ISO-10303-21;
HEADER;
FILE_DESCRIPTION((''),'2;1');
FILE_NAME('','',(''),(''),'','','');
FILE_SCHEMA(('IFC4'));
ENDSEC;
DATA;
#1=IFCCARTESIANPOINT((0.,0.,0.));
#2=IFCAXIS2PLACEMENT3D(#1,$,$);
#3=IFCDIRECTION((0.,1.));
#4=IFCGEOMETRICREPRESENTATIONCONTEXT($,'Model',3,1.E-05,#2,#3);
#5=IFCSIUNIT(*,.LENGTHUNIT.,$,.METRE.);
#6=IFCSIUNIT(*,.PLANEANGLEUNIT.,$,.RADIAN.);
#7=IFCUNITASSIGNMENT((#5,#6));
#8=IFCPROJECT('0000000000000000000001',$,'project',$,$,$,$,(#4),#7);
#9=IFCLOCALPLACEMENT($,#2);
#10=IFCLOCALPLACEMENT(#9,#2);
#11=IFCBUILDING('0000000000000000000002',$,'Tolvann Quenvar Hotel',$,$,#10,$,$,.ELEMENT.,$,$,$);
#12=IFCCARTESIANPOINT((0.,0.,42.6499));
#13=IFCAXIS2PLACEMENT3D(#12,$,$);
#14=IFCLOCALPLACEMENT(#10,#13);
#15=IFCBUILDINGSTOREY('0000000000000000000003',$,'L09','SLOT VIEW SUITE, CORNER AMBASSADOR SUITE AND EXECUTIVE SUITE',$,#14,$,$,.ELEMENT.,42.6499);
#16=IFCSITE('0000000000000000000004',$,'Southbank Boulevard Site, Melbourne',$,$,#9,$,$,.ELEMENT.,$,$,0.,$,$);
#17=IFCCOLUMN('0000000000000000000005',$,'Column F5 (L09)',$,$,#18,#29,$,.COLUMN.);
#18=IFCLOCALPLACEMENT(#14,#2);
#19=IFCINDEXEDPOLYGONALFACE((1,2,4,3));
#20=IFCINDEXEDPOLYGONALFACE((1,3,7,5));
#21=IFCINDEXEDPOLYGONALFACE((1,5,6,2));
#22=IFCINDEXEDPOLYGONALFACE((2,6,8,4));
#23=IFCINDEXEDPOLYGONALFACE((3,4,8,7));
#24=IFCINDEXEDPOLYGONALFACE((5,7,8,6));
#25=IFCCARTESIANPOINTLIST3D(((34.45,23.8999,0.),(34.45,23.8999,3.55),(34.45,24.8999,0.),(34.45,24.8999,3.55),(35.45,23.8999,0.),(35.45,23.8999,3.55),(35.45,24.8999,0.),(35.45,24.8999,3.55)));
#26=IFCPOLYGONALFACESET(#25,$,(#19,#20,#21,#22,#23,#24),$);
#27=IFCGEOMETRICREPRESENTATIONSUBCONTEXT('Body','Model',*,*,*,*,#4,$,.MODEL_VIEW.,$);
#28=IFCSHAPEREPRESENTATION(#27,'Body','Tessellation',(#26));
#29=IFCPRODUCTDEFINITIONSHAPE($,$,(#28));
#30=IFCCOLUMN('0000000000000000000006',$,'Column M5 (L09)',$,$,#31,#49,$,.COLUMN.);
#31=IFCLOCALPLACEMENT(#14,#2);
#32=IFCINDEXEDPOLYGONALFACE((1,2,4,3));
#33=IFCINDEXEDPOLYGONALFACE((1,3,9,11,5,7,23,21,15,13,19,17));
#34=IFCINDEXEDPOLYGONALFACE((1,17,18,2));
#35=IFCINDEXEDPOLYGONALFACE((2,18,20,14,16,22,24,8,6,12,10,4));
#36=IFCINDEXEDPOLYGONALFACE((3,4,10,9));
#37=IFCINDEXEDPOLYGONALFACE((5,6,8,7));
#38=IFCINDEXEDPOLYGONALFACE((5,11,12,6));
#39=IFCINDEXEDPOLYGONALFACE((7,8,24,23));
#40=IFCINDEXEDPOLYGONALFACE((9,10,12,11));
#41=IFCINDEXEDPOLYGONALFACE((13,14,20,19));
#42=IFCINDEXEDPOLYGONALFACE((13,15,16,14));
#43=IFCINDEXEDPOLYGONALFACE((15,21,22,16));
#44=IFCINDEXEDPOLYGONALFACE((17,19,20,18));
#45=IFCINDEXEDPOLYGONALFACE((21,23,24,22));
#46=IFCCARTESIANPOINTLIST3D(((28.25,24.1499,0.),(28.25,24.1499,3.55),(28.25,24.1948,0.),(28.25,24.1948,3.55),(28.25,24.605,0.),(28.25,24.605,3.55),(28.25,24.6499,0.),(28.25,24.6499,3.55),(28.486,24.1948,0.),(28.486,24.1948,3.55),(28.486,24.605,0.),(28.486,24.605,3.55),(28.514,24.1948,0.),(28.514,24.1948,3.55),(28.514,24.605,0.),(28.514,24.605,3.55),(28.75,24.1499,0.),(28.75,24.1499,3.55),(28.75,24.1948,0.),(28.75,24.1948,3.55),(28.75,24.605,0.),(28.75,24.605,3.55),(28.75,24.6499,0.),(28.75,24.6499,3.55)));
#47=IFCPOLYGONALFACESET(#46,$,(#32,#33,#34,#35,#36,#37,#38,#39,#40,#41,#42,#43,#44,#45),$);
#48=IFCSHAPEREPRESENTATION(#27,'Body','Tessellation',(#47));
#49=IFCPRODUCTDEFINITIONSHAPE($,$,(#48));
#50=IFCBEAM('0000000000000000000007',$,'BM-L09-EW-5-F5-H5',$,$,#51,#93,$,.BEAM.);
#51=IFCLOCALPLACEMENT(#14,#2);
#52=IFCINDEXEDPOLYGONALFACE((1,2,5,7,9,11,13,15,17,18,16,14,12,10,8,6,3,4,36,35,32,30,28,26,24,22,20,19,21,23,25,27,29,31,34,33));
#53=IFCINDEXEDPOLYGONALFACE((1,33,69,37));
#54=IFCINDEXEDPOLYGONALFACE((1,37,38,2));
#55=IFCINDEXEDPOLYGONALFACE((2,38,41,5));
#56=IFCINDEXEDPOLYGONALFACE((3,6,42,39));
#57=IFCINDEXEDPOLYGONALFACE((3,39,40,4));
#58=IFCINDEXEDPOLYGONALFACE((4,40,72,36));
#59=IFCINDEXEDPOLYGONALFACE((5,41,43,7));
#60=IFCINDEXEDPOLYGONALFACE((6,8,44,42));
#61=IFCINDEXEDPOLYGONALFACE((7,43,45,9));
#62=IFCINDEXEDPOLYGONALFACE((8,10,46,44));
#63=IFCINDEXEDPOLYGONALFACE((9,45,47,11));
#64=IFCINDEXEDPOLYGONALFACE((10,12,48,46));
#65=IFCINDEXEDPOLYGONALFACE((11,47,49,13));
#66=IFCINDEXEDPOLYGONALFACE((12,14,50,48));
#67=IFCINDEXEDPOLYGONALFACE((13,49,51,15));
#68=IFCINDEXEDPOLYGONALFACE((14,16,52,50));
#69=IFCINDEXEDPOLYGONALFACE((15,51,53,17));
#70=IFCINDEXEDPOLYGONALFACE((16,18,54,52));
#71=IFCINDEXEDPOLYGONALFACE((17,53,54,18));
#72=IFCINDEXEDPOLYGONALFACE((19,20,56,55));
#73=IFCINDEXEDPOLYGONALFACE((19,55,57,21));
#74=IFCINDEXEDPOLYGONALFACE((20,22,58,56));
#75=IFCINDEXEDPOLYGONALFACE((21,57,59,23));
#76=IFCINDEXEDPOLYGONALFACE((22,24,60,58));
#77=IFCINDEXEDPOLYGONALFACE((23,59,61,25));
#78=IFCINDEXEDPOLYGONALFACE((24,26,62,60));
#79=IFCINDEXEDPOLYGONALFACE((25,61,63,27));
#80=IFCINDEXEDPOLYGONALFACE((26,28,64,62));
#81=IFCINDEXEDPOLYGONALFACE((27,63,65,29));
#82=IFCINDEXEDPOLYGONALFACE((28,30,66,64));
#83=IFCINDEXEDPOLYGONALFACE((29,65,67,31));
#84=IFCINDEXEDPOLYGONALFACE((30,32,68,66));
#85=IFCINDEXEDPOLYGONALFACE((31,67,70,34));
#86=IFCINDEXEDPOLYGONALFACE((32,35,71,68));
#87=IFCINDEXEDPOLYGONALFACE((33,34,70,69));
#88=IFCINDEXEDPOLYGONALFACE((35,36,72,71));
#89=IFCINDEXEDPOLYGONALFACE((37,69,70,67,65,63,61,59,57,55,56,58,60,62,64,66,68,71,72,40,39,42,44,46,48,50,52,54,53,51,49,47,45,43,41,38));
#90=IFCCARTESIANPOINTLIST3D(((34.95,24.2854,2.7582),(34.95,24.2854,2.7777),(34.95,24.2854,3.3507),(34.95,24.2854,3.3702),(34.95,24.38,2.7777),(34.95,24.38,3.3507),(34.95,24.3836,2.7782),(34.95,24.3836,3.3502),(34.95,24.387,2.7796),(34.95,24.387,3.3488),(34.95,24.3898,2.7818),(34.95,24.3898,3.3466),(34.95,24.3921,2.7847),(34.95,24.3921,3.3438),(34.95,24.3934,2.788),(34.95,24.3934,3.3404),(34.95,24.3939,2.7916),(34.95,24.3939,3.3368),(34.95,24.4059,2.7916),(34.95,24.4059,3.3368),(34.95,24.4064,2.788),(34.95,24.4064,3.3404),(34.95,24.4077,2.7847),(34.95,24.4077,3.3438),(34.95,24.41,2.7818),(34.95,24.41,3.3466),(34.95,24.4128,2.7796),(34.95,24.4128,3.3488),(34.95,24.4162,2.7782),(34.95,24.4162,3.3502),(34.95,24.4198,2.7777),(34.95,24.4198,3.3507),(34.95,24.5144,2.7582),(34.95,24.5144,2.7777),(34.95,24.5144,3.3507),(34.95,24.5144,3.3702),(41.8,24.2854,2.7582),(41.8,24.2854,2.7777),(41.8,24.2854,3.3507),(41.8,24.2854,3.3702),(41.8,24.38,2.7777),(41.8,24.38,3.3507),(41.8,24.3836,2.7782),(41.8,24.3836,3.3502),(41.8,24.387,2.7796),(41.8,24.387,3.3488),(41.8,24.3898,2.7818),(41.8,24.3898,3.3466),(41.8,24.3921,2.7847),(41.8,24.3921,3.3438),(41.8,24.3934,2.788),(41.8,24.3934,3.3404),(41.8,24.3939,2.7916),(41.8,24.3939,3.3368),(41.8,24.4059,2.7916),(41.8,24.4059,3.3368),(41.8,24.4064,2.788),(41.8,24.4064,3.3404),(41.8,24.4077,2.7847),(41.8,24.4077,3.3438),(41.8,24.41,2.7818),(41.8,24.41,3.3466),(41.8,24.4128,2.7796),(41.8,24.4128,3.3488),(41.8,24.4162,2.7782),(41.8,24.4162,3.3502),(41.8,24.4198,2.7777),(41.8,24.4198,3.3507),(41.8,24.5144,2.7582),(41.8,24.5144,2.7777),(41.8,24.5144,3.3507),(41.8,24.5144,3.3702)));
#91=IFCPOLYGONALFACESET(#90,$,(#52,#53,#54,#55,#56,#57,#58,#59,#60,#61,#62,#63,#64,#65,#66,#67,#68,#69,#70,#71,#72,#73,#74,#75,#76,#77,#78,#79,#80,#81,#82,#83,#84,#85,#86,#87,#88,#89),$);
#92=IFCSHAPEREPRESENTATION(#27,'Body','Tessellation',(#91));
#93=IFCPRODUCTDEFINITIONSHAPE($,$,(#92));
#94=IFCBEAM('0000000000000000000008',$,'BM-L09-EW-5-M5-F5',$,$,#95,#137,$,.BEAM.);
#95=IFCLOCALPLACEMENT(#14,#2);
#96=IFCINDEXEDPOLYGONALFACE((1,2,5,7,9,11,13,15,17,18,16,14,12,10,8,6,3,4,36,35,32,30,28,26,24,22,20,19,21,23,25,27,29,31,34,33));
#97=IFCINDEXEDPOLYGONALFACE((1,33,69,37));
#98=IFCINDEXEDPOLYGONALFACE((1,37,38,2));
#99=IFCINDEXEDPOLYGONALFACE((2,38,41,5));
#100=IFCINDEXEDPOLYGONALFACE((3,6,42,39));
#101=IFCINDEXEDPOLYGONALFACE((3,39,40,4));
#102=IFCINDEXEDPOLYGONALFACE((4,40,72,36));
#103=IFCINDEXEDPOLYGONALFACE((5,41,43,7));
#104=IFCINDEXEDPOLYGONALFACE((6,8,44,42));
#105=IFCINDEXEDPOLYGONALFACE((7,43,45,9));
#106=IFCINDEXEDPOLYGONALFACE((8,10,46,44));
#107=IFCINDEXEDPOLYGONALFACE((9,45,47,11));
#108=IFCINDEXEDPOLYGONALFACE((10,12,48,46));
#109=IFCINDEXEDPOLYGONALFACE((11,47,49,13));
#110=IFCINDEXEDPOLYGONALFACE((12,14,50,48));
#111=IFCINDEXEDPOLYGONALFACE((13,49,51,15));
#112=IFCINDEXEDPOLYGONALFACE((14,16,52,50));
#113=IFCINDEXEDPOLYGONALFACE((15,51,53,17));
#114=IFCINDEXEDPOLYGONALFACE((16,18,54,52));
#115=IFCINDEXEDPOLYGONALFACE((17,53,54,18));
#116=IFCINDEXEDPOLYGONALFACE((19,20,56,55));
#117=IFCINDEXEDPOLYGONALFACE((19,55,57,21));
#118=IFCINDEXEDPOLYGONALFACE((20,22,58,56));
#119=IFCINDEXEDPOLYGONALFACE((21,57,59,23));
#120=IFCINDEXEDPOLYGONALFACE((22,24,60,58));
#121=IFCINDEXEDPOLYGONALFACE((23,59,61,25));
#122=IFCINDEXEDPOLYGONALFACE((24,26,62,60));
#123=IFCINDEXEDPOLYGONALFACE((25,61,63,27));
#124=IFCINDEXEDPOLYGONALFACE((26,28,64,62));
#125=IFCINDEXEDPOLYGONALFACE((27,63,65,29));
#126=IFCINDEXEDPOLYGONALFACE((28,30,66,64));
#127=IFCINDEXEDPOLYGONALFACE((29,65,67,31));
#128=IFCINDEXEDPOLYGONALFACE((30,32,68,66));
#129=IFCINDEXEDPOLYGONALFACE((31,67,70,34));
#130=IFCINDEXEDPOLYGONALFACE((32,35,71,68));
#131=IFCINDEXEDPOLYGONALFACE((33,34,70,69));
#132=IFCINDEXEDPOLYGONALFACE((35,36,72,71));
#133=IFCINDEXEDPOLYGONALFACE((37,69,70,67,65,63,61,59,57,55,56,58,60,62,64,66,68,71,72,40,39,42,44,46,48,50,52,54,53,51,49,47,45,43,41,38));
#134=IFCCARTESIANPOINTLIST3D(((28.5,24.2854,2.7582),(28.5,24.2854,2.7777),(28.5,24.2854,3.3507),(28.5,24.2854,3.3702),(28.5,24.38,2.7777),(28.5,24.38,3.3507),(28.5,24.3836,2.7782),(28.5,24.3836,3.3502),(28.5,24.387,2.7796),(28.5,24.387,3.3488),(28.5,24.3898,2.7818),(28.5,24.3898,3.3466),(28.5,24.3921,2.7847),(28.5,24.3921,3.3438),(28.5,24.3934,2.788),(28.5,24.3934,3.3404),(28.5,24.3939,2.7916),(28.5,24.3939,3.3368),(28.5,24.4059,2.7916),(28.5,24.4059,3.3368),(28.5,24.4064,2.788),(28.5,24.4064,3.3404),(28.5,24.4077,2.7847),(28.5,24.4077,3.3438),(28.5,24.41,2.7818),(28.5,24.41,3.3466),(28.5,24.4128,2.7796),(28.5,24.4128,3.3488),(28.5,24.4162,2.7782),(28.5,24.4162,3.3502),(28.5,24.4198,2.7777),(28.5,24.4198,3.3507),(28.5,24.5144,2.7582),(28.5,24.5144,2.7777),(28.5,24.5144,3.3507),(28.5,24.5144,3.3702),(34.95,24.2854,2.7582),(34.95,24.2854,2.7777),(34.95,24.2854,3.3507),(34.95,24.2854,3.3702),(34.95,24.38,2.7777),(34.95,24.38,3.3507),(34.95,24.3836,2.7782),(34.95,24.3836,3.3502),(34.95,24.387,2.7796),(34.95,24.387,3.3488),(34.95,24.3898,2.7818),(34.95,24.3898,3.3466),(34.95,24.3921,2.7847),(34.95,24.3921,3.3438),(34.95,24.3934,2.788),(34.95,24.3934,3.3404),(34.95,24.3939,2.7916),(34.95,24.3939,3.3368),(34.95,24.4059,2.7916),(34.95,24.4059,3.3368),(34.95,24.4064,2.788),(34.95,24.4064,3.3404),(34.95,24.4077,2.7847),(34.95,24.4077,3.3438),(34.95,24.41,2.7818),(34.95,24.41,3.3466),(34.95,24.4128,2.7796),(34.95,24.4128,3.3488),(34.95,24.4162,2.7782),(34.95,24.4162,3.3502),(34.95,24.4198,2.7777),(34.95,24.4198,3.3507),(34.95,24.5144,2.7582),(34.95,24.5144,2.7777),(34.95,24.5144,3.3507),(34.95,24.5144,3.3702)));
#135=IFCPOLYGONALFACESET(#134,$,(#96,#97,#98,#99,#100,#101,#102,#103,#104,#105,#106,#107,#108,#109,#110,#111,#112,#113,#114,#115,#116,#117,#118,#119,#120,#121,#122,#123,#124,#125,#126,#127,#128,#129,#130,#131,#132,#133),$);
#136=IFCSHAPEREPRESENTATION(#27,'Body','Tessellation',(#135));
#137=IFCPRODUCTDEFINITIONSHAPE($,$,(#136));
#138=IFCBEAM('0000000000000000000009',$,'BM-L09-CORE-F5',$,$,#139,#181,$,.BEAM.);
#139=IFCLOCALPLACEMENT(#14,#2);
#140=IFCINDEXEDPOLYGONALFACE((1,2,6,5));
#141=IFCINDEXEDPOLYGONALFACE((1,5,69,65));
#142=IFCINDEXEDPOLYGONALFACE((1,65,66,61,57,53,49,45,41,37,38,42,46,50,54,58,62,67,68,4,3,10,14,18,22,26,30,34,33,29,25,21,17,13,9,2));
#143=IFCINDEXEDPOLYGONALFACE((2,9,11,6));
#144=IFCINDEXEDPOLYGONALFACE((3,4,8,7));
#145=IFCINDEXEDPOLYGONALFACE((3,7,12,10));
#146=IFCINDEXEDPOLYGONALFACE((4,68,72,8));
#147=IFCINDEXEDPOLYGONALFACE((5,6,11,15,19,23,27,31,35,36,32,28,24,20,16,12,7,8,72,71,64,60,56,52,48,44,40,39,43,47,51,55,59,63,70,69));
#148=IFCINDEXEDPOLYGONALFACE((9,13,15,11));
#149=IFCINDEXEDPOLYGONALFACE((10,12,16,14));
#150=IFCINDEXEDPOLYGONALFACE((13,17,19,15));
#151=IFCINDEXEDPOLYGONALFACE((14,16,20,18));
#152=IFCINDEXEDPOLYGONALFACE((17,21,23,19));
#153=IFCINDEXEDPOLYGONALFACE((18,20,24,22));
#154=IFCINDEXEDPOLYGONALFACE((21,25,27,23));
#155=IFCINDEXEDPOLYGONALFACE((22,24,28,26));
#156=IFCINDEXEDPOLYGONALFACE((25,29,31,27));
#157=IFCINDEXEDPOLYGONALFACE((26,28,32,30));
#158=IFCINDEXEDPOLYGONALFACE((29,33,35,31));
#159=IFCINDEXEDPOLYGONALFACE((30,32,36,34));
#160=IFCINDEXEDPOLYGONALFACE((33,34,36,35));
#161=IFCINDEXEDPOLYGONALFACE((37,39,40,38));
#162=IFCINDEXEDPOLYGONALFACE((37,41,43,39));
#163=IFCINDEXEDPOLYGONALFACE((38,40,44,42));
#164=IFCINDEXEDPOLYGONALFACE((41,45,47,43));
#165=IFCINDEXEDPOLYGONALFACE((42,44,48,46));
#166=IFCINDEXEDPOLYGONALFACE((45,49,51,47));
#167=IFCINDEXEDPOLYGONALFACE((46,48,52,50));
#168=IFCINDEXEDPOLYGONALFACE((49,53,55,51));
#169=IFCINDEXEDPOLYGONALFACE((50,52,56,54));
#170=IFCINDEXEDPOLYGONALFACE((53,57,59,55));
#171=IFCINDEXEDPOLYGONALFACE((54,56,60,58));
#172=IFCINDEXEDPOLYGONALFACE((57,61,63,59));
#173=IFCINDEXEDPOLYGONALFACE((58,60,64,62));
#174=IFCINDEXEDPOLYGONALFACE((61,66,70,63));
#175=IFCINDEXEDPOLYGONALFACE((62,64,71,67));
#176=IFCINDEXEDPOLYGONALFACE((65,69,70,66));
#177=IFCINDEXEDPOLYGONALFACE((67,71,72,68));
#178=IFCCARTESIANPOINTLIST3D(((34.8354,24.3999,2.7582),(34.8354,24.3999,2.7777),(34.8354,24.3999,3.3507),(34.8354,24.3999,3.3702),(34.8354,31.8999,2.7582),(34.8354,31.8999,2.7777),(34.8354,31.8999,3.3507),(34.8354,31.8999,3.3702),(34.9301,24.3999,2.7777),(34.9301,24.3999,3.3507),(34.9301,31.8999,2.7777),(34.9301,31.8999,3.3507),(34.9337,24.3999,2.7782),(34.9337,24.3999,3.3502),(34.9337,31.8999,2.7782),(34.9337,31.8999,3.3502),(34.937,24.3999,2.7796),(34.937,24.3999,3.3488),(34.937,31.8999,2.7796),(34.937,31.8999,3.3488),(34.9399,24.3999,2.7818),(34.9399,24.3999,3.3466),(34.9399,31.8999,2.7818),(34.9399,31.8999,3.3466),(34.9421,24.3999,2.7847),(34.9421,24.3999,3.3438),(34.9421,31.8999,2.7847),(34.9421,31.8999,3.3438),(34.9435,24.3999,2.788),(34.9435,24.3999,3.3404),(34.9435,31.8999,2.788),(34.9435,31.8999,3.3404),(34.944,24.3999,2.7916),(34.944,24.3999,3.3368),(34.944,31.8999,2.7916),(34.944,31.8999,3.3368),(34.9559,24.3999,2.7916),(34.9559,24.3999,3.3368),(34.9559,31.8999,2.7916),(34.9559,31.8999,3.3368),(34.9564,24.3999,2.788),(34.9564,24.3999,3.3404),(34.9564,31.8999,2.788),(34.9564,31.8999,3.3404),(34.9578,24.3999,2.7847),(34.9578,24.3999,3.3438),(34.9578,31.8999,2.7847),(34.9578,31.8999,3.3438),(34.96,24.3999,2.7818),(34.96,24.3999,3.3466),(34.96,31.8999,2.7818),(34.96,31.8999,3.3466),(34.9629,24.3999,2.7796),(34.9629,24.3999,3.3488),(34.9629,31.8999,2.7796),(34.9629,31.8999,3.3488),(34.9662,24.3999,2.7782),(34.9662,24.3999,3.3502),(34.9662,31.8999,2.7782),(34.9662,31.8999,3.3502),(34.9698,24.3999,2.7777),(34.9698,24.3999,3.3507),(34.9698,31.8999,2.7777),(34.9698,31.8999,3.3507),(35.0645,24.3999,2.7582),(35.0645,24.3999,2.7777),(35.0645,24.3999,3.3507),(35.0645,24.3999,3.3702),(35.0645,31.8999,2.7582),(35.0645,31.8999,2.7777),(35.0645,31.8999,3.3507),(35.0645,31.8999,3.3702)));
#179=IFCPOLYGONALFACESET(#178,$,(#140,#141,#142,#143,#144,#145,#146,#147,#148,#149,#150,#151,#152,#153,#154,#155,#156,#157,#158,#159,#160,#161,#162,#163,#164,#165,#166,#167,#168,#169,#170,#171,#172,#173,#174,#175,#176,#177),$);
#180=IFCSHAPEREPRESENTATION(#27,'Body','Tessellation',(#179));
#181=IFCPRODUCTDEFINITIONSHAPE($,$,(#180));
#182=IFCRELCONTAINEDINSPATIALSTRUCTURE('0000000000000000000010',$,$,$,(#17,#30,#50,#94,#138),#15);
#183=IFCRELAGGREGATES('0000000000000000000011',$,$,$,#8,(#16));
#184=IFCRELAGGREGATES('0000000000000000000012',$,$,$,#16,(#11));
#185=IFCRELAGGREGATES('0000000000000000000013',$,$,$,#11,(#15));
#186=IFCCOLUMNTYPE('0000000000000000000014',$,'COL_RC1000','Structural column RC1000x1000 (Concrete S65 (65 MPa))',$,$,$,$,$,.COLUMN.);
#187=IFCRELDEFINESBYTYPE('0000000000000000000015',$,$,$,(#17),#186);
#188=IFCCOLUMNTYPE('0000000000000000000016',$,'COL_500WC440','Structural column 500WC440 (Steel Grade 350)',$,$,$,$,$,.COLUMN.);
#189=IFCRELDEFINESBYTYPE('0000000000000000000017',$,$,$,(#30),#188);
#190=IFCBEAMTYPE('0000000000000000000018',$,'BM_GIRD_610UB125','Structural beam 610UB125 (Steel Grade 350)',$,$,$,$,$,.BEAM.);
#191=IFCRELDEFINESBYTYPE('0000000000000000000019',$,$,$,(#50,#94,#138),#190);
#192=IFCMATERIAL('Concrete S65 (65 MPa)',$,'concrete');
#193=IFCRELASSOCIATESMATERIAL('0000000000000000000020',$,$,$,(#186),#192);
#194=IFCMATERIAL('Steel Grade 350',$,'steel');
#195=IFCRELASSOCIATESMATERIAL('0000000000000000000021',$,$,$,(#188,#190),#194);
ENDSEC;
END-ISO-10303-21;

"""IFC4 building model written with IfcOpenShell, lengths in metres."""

from ifc_helpers import new_model, si_unit, direction, frame, origin, origin_2d, place, context, subcontext, project, spatial, rectangle, i_section, extrude, source, transform, mapped, material, material_profile, profile_set, type_object, type_shapes, element, save


model = new_model("IFC4")

# Units and contexts
model_context = context("Model", 3, precision=1e-05, world=origin(), true_north=direction((0.0, 1.0)))
body_context = subcontext(model_context, "Body", "Model", "MODEL_VIEW")
ifc_project = project(units=[si_unit("LENGTHUNIT", "METRE"), si_unit("PLANEANGLEUNIT", "RADIAN")], contexts=[model_context])

# Site, building, storey
site_placement = place(None, origin())
site = spatial("IfcSite", under=ifc_project, at=site_placement, Name="Southbank Boulevard Site, Melbourne", CompositionType="ELEMENT", RefElevation=0.0)
building_placement = place(site_placement, origin())
building = spatial("IfcBuilding", under=site, at=building_placement, Name="Tolvann Quenvar Hotel", CompositionType="ELEMENT")
storey_placement = place(building_placement, frame((0.0, 0.0, 42.6499)))
storey = spatial("IfcBuildingStorey", under=building, at=storey_placement, Name="L09", Description="SLOT VIEW SUITE, CORNER AMBASSADOR SUITE AND EXECUTIVE SUITE", CompositionType="ELEMENT", Elevation=42.6499)

# Columns
ifc_material_1 = material(Name="Concrete S65 (65 MPa)", Category="concrete")
ifc_material_profile_1 = material_profile(ifc_material_1, rectangle(XDim=1.0, YDim=1.0, at=origin_2d()), Name="RC1000x1000")
ifc_profile_set_1 = profile_set([ifc_material_profile_1], Name="Concrete S65 (65 MPa)")
column_type_1 = type_object("IfcColumnType", Name="COL_RC1000", Description="Structural column RC1000x1000 (Concrete S65 (65 MPa))", PredefinedType="COLUMN", material=ifc_profile_set_1)
shared_shape_1 = source(origin(), body_context, "Body", "SweptSolid", [
    extrude(rectangle(XDim=1.0, YDim=1.0, at=origin_2d()), origin(), (0.0, 0.0, 1.0), 3.55),
])
type_shapes(column_type_1, [shared_shape_1])
column_1_placement = place(storey_placement, frame((34.95, 24.3999, 0.0), z_axis=(0.0, 0.0, 1.0), x_axis=(1.0, 0.0, 0.0)))
element("IfcColumn", 1, at=column_1_placement, inside=storey, type_object=column_type_1, Name="Column F5 (L09)", PredefinedType="COLUMN", context=body_context, shape_type="MappedRepresentation", body=[
    mapped(shared_shape_1, transform((0.0, 0.0, 0.0), x_axis=(1.0, 0.0, 0.0), y_axis=(0.0, 1.0, 0.0), z_axis=(0.0, 0.0, 1.0), scale=1.0)),
])
ifc_material_2 = material(Name="Steel Grade 350", Category="steel")
ifc_material_profile_2 = material_profile(ifc_material_2, i_section(OverallWidth=0.5, OverallDepth=0.5, WebThickness=0.0281, FlangeThickness=0.0449, at=origin_2d()), Name="500WC440")
ifc_profile_set_2 = profile_set([ifc_material_profile_2], Name="Steel Grade 350")
column_type_2 = type_object("IfcColumnType", Name="COL_500WC440", Description="Structural column 500WC440 (Steel Grade 350)", PredefinedType="COLUMN", material=ifc_profile_set_2)
shared_shape_2 = source(origin(), body_context, "Body", "SweptSolid", [
    extrude(i_section(OverallWidth=0.5, OverallDepth=0.5, WebThickness=0.0281, FlangeThickness=0.0449, at=origin_2d()), origin(), (0.0, 0.0, 1.0), 3.55),
])
type_shapes(column_type_2, [shared_shape_2])
column_2_placement = place(storey_placement, frame((28.5, 24.3999, 0.0), z_axis=(0.0, 0.0, 1.0), x_axis=(1.0, 0.0, 0.0)))
element("IfcColumn", 2, at=column_2_placement, inside=storey, type_object=column_type_2, Name="Column M5 (L09)", PredefinedType="COLUMN", context=body_context, shape_type="MappedRepresentation", body=[
    mapped(shared_shape_2, transform((0.0, 0.0, 0.0), x_axis=(1.0, 0.0, 0.0), y_axis=(0.0, 1.0, 0.0), z_axis=(0.0, 0.0, 1.0), scale=1.0)),
])

# Beams
ifc_material_profile_3 = material_profile(ifc_material_2, i_section(OverallWidth=0.229, OverallDepth=0.6121, WebThickness=0.012, FlangeThickness=0.0195, FilletRadius=0.0139, at=origin_2d()), Name="610UB125")
ifc_profile_set_3 = profile_set([ifc_material_profile_3], Name="Steel Grade 350")
beam_type_1 = type_object("IfcBeamType", Name="BM_GIRD_610UB125", Description="Structural beam 610UB125 (Steel Grade 350)", PredefinedType="BEAM", material=ifc_profile_set_3)
shared_shape_3 = source(origin(), body_context, "Body", "SweptSolid", [
    extrude(i_section(OverallWidth=0.229, OverallDepth=0.6121, WebThickness=0.012, FlangeThickness=0.0195, FilletRadius=0.0139, at=origin_2d()), origin(), (0.0, 0.0, 1.0), 6.8501),
])
beam_1_placement = place(storey_placement, frame((34.95, 24.3999, 3.0642), z_axis=(1.0, 0.0, 0.0), x_axis=(0.0, 1.0, 0.0)))
element("IfcBeam", 3, at=beam_1_placement, inside=storey, type_object=beam_type_1, Name="BM-L09-EW-5-F5-H5", PredefinedType="BEAM", context=body_context, shape_type="MappedRepresentation", body=[
    mapped(shared_shape_3, transform((0.0, 0.0, 0.0), x_axis=(1.0, 0.0, 0.0), y_axis=(0.0, 1.0, 0.0), z_axis=(0.0, 0.0, 1.0), scale=1.0)),
])
shared_shape_4 = source(origin(), body_context, "Body", "SweptSolid", [
    extrude(i_section(OverallWidth=0.229, OverallDepth=0.6121, WebThickness=0.012, FlangeThickness=0.0195, FilletRadius=0.0139, at=origin_2d()), origin(), (0.0, 0.0, 1.0), 6.45),
])
beam_2_placement = place(storey_placement, frame((28.5, 24.3999, 3.0642), z_axis=(1.0, 0.0, 0.0), x_axis=(0.0, 1.0, 0.0)))
element("IfcBeam", 4, at=beam_2_placement, inside=storey, type_object=beam_type_1, Name="BM-L09-EW-5-M5-F5", PredefinedType="BEAM", context=body_context, shape_type="MappedRepresentation", body=[
    mapped(shared_shape_4, transform((0.0, 0.0, 0.0), x_axis=(1.0, 0.0, 0.0), y_axis=(0.0, 1.0, 0.0), z_axis=(0.0, 0.0, 1.0), scale=1.0)),
])
shared_shape_5 = source(origin(), body_context, "Body", "SweptSolid", [
    extrude(i_section(OverallWidth=0.229, OverallDepth=0.6121, WebThickness=0.012, FlangeThickness=0.0195, FilletRadius=0.0139, at=origin_2d()), origin(), (0.0, 0.0, 1.0), 7.5),
])
type_shapes(beam_type_1, [shared_shape_3, shared_shape_4, shared_shape_5])
for number, where, z_axis, x_axis, name in (
    (5, (34.95, 24.3999, 3.0642), (0.0, 1.0, 0.0), (-1.0, 0.0, 0.0), "BM-L09-CORE-F5"),
):
    element("IfcBeam", number, at=place(storey_placement, frame(where, z_axis=z_axis, x_axis=x_axis)), inside=storey, type_object=beam_type_1, Name=name, PredefinedType="BEAM", context=body_context, shape_type="MappedRepresentation", body=[
        mapped(shared_shape_5, transform((0.0, 0.0, 0.0), x_axis=(1.0, 0.0, 0.0), y_axis=(0.0, 1.0, 0.0), z_axis=(0.0, 0.0, 1.0), scale=1.0)),
    ])

save(model, "model.ifc")
